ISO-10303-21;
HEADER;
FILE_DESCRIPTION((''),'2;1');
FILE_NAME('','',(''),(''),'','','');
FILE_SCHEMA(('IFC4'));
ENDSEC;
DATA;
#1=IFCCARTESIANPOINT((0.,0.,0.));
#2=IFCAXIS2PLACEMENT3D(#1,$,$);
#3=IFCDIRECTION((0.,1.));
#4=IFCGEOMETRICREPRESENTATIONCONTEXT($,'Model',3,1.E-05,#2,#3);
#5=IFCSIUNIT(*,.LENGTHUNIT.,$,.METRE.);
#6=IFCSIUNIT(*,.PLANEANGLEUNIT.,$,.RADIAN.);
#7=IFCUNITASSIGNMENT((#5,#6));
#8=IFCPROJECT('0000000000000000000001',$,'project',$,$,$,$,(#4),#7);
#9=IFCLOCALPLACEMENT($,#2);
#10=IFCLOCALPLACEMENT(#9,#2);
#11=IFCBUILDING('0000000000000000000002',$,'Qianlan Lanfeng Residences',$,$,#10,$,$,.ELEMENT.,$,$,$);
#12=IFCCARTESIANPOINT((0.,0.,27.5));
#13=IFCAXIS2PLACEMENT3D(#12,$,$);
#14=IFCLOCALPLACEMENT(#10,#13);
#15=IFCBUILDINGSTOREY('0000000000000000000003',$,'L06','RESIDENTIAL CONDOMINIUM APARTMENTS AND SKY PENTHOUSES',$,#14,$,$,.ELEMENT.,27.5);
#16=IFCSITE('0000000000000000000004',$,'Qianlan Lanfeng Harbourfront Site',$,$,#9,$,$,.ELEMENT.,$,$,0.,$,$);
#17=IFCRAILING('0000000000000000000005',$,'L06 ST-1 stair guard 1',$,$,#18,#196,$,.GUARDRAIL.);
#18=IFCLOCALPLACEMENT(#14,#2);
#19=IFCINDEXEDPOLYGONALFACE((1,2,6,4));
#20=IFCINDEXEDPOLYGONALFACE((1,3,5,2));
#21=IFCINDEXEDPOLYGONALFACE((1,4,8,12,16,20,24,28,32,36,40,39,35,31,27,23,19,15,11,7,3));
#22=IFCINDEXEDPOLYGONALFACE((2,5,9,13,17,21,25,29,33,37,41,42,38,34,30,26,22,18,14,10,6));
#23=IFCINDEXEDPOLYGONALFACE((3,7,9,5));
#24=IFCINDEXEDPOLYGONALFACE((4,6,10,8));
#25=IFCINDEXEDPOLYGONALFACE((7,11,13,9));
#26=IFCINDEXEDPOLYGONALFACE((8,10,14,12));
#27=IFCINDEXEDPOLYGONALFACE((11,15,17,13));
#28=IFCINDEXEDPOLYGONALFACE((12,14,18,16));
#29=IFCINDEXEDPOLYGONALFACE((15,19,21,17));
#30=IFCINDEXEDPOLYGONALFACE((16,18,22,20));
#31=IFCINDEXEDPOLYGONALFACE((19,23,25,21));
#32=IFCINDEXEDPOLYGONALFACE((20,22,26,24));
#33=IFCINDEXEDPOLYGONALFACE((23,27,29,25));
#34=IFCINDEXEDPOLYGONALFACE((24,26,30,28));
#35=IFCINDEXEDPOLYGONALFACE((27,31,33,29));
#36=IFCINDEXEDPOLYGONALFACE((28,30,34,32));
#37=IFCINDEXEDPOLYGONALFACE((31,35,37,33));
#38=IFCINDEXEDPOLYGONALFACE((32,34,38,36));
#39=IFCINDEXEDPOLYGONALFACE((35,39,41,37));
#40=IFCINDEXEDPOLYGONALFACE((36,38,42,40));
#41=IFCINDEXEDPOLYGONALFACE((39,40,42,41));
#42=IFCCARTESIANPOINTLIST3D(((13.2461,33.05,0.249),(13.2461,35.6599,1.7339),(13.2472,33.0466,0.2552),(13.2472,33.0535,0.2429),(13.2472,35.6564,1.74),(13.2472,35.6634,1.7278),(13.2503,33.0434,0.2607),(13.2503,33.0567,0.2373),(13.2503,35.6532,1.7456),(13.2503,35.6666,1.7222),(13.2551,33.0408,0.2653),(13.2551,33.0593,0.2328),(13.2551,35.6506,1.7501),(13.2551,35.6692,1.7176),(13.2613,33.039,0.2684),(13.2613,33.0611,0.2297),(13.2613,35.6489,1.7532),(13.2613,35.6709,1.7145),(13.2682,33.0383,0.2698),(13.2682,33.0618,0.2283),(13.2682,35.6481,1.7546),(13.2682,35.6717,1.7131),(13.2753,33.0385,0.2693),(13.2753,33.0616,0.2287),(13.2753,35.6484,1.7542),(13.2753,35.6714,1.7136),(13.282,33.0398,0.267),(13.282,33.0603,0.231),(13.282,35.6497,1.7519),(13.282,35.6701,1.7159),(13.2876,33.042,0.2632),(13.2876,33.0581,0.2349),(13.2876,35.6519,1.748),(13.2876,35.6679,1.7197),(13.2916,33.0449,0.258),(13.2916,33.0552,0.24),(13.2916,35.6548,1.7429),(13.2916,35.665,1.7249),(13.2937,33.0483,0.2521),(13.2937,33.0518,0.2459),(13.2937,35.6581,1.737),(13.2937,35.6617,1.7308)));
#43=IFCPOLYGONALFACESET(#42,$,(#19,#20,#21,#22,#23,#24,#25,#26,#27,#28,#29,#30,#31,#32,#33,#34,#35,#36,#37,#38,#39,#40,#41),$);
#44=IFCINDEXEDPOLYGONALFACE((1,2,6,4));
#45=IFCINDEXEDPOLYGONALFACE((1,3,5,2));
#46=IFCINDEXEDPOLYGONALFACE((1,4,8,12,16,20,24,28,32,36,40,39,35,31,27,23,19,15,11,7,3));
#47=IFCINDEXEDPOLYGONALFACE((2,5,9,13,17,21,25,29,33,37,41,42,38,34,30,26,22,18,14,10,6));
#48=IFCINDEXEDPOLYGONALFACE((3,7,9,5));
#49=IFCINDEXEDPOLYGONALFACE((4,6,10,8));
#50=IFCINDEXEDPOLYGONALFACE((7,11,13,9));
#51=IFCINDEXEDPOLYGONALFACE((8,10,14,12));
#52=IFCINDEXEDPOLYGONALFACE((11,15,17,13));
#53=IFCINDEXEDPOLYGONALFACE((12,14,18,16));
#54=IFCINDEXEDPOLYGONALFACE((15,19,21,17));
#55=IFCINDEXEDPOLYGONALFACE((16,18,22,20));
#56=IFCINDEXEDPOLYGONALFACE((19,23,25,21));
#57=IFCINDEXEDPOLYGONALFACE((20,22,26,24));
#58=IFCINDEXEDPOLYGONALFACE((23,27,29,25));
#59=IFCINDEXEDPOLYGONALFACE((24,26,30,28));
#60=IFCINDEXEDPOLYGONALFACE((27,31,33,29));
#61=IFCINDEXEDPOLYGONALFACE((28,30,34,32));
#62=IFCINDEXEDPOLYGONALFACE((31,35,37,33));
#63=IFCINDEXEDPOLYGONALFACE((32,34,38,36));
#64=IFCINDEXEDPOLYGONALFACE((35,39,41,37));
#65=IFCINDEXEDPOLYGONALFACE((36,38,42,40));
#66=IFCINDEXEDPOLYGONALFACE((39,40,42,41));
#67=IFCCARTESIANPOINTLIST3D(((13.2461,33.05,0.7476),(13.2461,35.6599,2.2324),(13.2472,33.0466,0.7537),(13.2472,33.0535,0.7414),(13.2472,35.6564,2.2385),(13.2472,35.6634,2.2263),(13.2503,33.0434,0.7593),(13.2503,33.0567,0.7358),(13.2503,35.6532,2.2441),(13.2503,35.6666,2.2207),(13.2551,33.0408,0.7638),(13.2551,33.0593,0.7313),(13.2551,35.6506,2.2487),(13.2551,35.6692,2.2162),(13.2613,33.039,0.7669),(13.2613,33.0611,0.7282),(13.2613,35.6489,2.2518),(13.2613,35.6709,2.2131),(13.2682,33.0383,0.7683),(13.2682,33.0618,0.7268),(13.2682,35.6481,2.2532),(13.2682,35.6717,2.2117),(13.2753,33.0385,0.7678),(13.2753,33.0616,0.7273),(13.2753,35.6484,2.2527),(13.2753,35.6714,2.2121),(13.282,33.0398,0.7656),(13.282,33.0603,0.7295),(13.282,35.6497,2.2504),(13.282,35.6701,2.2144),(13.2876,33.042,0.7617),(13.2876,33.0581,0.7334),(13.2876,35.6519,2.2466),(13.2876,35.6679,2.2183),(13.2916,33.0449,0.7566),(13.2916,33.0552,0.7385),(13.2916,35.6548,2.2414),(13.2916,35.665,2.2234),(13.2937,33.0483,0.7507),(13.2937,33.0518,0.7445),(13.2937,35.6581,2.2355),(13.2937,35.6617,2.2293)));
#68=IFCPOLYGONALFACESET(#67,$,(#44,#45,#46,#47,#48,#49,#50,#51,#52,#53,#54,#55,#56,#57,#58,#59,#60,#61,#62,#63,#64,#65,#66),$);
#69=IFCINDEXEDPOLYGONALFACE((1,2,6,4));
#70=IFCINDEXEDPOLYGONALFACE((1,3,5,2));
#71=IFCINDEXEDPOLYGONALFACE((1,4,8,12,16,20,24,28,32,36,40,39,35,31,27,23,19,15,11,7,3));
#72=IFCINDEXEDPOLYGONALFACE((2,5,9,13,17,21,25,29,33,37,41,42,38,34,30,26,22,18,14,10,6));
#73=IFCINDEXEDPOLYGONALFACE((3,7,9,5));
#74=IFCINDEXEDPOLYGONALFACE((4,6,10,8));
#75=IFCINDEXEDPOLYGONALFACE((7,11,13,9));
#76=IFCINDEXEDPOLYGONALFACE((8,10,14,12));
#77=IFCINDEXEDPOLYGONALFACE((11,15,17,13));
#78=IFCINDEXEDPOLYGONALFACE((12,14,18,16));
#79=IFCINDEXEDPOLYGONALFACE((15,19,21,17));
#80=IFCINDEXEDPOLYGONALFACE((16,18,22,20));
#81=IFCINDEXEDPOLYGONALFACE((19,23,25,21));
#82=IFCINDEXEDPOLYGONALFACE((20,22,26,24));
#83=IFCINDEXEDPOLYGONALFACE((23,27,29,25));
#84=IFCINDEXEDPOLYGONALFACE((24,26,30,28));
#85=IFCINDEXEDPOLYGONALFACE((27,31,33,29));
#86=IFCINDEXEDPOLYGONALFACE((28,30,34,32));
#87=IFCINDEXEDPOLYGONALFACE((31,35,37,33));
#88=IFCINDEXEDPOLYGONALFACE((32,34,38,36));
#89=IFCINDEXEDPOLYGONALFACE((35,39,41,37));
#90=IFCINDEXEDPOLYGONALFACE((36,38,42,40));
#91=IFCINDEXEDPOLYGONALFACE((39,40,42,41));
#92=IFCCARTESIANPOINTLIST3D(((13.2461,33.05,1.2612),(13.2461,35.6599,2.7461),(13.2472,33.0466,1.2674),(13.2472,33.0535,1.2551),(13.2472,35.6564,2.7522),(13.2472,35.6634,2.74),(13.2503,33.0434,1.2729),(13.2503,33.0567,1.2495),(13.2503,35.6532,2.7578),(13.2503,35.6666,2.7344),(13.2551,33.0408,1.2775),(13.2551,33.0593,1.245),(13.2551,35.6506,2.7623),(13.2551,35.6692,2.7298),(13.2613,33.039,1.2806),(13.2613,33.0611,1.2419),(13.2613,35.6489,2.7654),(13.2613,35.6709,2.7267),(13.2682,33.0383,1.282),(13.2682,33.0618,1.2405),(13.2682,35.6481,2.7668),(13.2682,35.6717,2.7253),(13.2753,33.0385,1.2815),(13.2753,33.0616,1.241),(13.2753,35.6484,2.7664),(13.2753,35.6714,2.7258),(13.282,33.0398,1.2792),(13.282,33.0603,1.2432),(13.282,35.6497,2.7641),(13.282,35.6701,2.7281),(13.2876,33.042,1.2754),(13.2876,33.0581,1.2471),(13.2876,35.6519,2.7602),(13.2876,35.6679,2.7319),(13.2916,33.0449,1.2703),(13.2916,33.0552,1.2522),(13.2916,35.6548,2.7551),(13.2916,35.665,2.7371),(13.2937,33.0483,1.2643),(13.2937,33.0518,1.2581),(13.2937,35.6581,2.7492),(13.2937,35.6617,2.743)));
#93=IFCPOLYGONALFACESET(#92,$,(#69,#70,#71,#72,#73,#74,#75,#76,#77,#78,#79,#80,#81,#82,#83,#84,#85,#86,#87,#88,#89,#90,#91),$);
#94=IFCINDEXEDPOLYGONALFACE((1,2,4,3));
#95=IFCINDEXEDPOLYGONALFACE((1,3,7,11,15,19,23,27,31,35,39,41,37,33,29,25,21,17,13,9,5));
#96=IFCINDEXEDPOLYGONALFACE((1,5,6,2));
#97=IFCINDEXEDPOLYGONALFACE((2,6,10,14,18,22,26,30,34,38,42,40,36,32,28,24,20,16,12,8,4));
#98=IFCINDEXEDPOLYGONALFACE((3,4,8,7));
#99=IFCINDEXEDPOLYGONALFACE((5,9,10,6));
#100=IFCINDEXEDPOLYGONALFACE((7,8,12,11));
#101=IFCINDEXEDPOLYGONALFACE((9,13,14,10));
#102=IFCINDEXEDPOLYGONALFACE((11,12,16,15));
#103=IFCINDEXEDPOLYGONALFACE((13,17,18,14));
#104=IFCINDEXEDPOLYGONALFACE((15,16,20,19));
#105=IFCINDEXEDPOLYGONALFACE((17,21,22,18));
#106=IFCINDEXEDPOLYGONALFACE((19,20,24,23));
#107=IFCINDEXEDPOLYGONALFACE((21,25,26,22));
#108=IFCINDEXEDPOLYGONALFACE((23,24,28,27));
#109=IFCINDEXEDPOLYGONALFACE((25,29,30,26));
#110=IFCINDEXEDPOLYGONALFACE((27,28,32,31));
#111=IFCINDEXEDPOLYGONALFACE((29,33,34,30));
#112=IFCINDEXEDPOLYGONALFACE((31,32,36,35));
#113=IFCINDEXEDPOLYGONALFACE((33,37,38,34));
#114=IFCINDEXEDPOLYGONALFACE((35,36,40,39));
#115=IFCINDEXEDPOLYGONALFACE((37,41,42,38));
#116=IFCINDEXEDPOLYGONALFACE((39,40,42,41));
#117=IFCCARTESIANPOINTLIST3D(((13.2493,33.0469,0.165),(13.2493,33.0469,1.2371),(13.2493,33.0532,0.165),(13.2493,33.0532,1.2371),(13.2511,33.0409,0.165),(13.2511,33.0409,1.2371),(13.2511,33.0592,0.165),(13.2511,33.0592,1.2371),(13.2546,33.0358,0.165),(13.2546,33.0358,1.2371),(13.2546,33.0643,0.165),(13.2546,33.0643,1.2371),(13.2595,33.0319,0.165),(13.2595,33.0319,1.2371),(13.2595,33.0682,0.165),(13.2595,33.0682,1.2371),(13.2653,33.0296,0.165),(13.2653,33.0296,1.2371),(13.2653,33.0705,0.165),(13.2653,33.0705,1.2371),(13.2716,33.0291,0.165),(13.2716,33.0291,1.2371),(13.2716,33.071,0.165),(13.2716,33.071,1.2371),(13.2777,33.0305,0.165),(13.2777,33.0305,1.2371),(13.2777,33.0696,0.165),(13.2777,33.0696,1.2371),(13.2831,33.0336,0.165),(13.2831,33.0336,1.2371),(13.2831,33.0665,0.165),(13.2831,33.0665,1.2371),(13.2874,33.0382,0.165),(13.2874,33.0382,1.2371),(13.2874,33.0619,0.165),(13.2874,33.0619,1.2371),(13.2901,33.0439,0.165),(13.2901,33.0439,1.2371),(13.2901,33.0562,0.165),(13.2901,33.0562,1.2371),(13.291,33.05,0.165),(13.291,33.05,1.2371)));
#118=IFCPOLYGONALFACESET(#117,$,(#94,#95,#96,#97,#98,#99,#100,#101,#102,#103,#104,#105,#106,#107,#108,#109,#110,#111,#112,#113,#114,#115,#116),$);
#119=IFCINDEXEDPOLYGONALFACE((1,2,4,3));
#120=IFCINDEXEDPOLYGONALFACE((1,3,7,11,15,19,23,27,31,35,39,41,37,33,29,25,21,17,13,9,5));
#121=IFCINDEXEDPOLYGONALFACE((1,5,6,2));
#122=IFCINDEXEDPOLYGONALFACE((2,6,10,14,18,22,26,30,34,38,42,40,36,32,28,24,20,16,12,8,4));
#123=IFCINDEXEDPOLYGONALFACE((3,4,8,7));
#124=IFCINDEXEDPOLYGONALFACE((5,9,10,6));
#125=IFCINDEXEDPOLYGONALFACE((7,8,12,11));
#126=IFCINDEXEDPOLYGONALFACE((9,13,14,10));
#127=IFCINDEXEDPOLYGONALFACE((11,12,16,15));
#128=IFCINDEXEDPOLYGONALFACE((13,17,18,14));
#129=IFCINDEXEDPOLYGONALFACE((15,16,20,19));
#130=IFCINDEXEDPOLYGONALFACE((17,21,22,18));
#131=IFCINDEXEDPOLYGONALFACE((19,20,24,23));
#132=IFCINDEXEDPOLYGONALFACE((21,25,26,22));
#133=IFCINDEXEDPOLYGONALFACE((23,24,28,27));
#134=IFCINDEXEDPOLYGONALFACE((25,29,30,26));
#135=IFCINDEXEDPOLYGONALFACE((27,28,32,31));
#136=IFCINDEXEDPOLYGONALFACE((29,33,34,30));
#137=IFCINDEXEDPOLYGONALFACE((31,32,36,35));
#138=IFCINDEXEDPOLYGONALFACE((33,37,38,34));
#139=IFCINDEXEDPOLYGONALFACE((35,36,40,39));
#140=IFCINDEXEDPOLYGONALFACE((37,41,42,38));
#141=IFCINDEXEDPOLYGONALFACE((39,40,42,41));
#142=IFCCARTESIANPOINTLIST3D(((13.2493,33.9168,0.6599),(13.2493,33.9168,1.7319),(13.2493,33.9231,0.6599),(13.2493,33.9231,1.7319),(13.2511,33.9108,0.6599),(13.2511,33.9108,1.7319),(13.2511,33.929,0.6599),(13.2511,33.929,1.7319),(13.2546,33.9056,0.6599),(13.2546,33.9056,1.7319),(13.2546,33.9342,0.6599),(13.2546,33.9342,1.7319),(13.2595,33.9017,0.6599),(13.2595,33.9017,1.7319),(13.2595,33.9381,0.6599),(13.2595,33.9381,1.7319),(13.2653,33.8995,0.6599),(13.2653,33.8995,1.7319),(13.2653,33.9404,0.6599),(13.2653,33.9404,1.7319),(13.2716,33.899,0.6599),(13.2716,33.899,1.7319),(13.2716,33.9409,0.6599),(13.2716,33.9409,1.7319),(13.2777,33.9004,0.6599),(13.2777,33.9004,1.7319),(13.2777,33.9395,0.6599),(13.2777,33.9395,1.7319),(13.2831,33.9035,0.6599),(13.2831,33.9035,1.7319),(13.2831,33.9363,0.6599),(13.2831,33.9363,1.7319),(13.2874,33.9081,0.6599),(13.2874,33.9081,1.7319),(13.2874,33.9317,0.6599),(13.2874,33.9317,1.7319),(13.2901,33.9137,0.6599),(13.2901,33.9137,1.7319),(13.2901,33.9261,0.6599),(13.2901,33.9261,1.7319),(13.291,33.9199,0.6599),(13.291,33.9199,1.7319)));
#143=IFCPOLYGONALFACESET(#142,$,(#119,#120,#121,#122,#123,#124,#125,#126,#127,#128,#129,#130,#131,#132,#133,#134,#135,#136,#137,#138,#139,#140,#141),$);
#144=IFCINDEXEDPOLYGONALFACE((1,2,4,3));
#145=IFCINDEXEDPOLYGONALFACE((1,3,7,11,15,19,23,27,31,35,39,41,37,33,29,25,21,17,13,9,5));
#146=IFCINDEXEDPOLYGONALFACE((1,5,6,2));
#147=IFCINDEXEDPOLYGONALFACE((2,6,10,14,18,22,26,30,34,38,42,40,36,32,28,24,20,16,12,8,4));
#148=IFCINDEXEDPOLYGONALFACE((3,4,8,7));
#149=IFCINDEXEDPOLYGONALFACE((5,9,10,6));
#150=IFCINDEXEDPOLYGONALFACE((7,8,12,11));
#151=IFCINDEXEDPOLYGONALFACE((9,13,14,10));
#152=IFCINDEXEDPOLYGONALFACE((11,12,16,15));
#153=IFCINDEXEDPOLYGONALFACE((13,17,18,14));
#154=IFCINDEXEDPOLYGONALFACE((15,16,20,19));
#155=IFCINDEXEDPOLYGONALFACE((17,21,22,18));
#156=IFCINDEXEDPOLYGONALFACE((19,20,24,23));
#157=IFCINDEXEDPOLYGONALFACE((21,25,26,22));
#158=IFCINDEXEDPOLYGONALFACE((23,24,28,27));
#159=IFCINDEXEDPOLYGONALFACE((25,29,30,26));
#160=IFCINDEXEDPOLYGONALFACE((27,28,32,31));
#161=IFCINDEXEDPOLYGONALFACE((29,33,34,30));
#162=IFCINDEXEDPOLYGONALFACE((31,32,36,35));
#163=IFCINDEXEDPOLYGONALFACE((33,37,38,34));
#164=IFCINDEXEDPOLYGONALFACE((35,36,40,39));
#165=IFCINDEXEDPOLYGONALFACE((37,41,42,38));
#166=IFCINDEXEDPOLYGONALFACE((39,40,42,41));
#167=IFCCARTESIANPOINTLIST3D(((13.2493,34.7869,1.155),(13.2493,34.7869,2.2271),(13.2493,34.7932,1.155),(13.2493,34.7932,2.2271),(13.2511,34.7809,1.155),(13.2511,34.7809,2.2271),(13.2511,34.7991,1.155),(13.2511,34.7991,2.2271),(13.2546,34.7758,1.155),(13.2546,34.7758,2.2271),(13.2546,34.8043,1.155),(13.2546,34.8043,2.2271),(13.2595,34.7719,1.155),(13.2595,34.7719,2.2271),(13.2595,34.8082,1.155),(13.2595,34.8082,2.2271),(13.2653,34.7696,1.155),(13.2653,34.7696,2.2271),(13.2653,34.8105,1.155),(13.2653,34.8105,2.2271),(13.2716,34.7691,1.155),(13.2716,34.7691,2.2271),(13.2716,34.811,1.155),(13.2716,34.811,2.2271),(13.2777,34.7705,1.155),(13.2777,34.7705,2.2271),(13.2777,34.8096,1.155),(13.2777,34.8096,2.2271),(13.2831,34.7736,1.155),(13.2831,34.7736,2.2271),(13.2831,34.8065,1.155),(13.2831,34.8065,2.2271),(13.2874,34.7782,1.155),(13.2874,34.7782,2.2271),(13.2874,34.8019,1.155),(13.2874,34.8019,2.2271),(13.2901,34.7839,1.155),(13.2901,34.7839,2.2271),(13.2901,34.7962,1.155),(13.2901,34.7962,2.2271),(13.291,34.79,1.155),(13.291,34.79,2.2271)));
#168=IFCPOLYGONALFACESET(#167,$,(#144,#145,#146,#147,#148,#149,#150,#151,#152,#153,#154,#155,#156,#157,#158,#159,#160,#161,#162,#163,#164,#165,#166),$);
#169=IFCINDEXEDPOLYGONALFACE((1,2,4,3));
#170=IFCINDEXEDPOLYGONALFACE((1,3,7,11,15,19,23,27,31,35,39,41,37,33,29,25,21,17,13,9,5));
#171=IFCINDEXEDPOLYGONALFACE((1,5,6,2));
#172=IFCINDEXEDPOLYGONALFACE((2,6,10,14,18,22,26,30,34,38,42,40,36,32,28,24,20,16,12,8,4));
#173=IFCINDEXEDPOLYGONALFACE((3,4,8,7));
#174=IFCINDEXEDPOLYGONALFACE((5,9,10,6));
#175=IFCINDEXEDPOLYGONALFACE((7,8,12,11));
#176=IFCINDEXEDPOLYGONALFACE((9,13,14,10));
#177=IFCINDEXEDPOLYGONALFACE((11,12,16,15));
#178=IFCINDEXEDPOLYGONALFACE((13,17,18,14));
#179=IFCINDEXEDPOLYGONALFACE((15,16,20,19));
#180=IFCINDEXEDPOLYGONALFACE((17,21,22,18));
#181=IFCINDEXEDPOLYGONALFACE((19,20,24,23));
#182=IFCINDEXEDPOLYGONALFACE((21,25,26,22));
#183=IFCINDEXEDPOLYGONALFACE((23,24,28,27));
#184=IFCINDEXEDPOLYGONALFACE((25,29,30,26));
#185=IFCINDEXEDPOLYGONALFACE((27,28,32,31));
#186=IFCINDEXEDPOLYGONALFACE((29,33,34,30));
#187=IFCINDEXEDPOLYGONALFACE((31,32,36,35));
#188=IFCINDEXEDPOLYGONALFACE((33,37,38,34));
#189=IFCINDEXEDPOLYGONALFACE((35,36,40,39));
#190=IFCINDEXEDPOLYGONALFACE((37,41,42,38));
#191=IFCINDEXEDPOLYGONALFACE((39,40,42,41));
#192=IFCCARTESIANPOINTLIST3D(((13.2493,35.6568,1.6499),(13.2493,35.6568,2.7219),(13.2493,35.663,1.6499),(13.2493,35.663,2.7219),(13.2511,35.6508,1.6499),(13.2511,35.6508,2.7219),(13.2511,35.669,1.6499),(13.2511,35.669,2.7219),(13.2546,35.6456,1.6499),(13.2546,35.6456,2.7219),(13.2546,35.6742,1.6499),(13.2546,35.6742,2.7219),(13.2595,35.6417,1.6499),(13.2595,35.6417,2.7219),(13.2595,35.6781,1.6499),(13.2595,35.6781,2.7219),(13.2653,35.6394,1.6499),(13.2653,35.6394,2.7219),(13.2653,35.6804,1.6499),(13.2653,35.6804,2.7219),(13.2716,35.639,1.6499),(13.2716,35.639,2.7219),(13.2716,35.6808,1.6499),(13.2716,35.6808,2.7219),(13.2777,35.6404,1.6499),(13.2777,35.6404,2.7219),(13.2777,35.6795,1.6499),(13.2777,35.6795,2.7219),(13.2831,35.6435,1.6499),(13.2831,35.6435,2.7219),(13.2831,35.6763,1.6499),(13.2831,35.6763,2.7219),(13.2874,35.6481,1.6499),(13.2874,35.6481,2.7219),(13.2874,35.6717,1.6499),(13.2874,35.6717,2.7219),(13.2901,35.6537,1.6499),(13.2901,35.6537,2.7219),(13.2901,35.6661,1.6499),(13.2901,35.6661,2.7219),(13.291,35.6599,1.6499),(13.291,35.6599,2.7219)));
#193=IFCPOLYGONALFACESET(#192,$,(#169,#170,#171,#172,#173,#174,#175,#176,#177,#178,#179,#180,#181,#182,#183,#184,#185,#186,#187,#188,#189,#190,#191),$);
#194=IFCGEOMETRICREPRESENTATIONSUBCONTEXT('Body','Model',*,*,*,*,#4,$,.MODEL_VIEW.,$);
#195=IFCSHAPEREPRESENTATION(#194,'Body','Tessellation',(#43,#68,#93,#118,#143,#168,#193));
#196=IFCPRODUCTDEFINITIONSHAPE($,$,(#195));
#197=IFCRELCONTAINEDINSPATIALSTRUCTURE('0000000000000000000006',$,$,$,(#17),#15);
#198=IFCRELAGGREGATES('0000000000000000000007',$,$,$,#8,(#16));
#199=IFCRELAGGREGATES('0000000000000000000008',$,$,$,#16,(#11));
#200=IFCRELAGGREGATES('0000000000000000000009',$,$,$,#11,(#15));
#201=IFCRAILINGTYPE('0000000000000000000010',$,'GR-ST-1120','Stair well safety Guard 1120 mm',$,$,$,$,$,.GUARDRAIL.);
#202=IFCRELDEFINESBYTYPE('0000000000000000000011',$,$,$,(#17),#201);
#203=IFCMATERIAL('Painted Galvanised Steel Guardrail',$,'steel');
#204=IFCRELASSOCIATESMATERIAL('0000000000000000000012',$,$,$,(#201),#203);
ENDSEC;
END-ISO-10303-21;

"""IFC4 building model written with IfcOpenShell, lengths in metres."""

from ifc_helpers import new_model, si_unit, direction, frame, origin, origin_2d, place, context, subcontext, project, spatial, circle, extrude, material, type_object, element, save


model = new_model("IFC4")

# Units and contexts
model_context = context("Model", 3, precision=1e-05, world=origin(), true_north=direction((0.0, 1.0)))
body_context = subcontext(model_context, "Body", "Model", "MODEL_VIEW")
ifc_project = project(units=[si_unit("LENGTHUNIT", "METRE"), si_unit("PLANEANGLEUNIT", "RADIAN")], contexts=[model_context])

# Site, building, storey
site_placement = place(None, origin())
site = spatial("IfcSite", under=ifc_project, at=site_placement, Name="Qianlan Lanfeng Harbourfront Site", CompositionType="ELEMENT", RefElevation=0.0)
building_placement = place(site_placement, origin())
building = spatial("IfcBuilding", under=site, at=building_placement, Name="Qianlan Lanfeng Residences", CompositionType="ELEMENT")
storey_placement = place(building_placement, frame((0.0, 0.0, 27.5)))
storey = spatial("IfcBuildingStorey", under=building, at=storey_placement, Name="L06", Description="RESIDENTIAL CONDOMINIUM APARTMENTS AND SKY PENTHOUSES", CompositionType="ELEMENT", Elevation=27.5)

# Railing
ifc_material_1 = material(Name="Painted Galvanised Steel Guardrail", Category="steel")
railing_type_1 = type_object("IfcRailingType", Name="GR-ST-1120", Description="Stair well safety Guard 1120 mm", PredefinedType="GUARDRAIL", material=ifc_material_1)
railing_1_placement = place(storey_placement, frame((13.27, 33.05, 0.165)))
element("IfcRailing", 1, at=railing_1_placement, inside=storey, type_object=railing_type_1, Name="L06 ST-1 stair guard 1", PredefinedType="GUARDRAIL", context=body_context, shape_type="SweptSolid", body=[
    extrude(circle(Radius=0.0239, at=origin_2d()), frame((0.0, 0.0, 0.084), z_axis=(0.0, 0.869172, 0.494509), x_axis=(-1.0, 0.0, 0.0)), (0.0, 0.0, 1.0), 3.0027),
    extrude(circle(Radius=0.0239, at=origin_2d()), frame((0.0, 0.0, 0.5825), z_axis=(0.0, 0.869172, 0.494509), x_axis=(-1.0, 0.0, 0.0)), (0.0, 0.0, 1.0), 3.0027),
    extrude(circle(Radius=0.0239, at=origin_2d()), frame((0.0, 0.0, 1.0962), z_axis=(0.0, 0.869172, 0.494509), x_axis=(-1.0, 0.0, 0.0)), (0.0, 0.0, 1.0), 3.0027),
    extrude(circle(Radius=0.021, at=origin_2d()), origin(), (0.0, 0.0, 1.0), 1.072),
    extrude(circle(Radius=0.021, at=origin_2d()), frame((0.0, 0.8699, 0.4949)), (0.0, 0.0, 1.0), 1.072),
    extrude(circle(Radius=0.021, at=origin_2d()), frame((0.0, 1.74, 0.99)), (0.0, 0.0, 1.0), 1.072),
    extrude(circle(Radius=0.021, at=origin_2d()), frame((0.0, 2.6099, 1.4849)), (0.0, 0.0, 1.0), 1.072),
])

save(model, "model.ifc")
